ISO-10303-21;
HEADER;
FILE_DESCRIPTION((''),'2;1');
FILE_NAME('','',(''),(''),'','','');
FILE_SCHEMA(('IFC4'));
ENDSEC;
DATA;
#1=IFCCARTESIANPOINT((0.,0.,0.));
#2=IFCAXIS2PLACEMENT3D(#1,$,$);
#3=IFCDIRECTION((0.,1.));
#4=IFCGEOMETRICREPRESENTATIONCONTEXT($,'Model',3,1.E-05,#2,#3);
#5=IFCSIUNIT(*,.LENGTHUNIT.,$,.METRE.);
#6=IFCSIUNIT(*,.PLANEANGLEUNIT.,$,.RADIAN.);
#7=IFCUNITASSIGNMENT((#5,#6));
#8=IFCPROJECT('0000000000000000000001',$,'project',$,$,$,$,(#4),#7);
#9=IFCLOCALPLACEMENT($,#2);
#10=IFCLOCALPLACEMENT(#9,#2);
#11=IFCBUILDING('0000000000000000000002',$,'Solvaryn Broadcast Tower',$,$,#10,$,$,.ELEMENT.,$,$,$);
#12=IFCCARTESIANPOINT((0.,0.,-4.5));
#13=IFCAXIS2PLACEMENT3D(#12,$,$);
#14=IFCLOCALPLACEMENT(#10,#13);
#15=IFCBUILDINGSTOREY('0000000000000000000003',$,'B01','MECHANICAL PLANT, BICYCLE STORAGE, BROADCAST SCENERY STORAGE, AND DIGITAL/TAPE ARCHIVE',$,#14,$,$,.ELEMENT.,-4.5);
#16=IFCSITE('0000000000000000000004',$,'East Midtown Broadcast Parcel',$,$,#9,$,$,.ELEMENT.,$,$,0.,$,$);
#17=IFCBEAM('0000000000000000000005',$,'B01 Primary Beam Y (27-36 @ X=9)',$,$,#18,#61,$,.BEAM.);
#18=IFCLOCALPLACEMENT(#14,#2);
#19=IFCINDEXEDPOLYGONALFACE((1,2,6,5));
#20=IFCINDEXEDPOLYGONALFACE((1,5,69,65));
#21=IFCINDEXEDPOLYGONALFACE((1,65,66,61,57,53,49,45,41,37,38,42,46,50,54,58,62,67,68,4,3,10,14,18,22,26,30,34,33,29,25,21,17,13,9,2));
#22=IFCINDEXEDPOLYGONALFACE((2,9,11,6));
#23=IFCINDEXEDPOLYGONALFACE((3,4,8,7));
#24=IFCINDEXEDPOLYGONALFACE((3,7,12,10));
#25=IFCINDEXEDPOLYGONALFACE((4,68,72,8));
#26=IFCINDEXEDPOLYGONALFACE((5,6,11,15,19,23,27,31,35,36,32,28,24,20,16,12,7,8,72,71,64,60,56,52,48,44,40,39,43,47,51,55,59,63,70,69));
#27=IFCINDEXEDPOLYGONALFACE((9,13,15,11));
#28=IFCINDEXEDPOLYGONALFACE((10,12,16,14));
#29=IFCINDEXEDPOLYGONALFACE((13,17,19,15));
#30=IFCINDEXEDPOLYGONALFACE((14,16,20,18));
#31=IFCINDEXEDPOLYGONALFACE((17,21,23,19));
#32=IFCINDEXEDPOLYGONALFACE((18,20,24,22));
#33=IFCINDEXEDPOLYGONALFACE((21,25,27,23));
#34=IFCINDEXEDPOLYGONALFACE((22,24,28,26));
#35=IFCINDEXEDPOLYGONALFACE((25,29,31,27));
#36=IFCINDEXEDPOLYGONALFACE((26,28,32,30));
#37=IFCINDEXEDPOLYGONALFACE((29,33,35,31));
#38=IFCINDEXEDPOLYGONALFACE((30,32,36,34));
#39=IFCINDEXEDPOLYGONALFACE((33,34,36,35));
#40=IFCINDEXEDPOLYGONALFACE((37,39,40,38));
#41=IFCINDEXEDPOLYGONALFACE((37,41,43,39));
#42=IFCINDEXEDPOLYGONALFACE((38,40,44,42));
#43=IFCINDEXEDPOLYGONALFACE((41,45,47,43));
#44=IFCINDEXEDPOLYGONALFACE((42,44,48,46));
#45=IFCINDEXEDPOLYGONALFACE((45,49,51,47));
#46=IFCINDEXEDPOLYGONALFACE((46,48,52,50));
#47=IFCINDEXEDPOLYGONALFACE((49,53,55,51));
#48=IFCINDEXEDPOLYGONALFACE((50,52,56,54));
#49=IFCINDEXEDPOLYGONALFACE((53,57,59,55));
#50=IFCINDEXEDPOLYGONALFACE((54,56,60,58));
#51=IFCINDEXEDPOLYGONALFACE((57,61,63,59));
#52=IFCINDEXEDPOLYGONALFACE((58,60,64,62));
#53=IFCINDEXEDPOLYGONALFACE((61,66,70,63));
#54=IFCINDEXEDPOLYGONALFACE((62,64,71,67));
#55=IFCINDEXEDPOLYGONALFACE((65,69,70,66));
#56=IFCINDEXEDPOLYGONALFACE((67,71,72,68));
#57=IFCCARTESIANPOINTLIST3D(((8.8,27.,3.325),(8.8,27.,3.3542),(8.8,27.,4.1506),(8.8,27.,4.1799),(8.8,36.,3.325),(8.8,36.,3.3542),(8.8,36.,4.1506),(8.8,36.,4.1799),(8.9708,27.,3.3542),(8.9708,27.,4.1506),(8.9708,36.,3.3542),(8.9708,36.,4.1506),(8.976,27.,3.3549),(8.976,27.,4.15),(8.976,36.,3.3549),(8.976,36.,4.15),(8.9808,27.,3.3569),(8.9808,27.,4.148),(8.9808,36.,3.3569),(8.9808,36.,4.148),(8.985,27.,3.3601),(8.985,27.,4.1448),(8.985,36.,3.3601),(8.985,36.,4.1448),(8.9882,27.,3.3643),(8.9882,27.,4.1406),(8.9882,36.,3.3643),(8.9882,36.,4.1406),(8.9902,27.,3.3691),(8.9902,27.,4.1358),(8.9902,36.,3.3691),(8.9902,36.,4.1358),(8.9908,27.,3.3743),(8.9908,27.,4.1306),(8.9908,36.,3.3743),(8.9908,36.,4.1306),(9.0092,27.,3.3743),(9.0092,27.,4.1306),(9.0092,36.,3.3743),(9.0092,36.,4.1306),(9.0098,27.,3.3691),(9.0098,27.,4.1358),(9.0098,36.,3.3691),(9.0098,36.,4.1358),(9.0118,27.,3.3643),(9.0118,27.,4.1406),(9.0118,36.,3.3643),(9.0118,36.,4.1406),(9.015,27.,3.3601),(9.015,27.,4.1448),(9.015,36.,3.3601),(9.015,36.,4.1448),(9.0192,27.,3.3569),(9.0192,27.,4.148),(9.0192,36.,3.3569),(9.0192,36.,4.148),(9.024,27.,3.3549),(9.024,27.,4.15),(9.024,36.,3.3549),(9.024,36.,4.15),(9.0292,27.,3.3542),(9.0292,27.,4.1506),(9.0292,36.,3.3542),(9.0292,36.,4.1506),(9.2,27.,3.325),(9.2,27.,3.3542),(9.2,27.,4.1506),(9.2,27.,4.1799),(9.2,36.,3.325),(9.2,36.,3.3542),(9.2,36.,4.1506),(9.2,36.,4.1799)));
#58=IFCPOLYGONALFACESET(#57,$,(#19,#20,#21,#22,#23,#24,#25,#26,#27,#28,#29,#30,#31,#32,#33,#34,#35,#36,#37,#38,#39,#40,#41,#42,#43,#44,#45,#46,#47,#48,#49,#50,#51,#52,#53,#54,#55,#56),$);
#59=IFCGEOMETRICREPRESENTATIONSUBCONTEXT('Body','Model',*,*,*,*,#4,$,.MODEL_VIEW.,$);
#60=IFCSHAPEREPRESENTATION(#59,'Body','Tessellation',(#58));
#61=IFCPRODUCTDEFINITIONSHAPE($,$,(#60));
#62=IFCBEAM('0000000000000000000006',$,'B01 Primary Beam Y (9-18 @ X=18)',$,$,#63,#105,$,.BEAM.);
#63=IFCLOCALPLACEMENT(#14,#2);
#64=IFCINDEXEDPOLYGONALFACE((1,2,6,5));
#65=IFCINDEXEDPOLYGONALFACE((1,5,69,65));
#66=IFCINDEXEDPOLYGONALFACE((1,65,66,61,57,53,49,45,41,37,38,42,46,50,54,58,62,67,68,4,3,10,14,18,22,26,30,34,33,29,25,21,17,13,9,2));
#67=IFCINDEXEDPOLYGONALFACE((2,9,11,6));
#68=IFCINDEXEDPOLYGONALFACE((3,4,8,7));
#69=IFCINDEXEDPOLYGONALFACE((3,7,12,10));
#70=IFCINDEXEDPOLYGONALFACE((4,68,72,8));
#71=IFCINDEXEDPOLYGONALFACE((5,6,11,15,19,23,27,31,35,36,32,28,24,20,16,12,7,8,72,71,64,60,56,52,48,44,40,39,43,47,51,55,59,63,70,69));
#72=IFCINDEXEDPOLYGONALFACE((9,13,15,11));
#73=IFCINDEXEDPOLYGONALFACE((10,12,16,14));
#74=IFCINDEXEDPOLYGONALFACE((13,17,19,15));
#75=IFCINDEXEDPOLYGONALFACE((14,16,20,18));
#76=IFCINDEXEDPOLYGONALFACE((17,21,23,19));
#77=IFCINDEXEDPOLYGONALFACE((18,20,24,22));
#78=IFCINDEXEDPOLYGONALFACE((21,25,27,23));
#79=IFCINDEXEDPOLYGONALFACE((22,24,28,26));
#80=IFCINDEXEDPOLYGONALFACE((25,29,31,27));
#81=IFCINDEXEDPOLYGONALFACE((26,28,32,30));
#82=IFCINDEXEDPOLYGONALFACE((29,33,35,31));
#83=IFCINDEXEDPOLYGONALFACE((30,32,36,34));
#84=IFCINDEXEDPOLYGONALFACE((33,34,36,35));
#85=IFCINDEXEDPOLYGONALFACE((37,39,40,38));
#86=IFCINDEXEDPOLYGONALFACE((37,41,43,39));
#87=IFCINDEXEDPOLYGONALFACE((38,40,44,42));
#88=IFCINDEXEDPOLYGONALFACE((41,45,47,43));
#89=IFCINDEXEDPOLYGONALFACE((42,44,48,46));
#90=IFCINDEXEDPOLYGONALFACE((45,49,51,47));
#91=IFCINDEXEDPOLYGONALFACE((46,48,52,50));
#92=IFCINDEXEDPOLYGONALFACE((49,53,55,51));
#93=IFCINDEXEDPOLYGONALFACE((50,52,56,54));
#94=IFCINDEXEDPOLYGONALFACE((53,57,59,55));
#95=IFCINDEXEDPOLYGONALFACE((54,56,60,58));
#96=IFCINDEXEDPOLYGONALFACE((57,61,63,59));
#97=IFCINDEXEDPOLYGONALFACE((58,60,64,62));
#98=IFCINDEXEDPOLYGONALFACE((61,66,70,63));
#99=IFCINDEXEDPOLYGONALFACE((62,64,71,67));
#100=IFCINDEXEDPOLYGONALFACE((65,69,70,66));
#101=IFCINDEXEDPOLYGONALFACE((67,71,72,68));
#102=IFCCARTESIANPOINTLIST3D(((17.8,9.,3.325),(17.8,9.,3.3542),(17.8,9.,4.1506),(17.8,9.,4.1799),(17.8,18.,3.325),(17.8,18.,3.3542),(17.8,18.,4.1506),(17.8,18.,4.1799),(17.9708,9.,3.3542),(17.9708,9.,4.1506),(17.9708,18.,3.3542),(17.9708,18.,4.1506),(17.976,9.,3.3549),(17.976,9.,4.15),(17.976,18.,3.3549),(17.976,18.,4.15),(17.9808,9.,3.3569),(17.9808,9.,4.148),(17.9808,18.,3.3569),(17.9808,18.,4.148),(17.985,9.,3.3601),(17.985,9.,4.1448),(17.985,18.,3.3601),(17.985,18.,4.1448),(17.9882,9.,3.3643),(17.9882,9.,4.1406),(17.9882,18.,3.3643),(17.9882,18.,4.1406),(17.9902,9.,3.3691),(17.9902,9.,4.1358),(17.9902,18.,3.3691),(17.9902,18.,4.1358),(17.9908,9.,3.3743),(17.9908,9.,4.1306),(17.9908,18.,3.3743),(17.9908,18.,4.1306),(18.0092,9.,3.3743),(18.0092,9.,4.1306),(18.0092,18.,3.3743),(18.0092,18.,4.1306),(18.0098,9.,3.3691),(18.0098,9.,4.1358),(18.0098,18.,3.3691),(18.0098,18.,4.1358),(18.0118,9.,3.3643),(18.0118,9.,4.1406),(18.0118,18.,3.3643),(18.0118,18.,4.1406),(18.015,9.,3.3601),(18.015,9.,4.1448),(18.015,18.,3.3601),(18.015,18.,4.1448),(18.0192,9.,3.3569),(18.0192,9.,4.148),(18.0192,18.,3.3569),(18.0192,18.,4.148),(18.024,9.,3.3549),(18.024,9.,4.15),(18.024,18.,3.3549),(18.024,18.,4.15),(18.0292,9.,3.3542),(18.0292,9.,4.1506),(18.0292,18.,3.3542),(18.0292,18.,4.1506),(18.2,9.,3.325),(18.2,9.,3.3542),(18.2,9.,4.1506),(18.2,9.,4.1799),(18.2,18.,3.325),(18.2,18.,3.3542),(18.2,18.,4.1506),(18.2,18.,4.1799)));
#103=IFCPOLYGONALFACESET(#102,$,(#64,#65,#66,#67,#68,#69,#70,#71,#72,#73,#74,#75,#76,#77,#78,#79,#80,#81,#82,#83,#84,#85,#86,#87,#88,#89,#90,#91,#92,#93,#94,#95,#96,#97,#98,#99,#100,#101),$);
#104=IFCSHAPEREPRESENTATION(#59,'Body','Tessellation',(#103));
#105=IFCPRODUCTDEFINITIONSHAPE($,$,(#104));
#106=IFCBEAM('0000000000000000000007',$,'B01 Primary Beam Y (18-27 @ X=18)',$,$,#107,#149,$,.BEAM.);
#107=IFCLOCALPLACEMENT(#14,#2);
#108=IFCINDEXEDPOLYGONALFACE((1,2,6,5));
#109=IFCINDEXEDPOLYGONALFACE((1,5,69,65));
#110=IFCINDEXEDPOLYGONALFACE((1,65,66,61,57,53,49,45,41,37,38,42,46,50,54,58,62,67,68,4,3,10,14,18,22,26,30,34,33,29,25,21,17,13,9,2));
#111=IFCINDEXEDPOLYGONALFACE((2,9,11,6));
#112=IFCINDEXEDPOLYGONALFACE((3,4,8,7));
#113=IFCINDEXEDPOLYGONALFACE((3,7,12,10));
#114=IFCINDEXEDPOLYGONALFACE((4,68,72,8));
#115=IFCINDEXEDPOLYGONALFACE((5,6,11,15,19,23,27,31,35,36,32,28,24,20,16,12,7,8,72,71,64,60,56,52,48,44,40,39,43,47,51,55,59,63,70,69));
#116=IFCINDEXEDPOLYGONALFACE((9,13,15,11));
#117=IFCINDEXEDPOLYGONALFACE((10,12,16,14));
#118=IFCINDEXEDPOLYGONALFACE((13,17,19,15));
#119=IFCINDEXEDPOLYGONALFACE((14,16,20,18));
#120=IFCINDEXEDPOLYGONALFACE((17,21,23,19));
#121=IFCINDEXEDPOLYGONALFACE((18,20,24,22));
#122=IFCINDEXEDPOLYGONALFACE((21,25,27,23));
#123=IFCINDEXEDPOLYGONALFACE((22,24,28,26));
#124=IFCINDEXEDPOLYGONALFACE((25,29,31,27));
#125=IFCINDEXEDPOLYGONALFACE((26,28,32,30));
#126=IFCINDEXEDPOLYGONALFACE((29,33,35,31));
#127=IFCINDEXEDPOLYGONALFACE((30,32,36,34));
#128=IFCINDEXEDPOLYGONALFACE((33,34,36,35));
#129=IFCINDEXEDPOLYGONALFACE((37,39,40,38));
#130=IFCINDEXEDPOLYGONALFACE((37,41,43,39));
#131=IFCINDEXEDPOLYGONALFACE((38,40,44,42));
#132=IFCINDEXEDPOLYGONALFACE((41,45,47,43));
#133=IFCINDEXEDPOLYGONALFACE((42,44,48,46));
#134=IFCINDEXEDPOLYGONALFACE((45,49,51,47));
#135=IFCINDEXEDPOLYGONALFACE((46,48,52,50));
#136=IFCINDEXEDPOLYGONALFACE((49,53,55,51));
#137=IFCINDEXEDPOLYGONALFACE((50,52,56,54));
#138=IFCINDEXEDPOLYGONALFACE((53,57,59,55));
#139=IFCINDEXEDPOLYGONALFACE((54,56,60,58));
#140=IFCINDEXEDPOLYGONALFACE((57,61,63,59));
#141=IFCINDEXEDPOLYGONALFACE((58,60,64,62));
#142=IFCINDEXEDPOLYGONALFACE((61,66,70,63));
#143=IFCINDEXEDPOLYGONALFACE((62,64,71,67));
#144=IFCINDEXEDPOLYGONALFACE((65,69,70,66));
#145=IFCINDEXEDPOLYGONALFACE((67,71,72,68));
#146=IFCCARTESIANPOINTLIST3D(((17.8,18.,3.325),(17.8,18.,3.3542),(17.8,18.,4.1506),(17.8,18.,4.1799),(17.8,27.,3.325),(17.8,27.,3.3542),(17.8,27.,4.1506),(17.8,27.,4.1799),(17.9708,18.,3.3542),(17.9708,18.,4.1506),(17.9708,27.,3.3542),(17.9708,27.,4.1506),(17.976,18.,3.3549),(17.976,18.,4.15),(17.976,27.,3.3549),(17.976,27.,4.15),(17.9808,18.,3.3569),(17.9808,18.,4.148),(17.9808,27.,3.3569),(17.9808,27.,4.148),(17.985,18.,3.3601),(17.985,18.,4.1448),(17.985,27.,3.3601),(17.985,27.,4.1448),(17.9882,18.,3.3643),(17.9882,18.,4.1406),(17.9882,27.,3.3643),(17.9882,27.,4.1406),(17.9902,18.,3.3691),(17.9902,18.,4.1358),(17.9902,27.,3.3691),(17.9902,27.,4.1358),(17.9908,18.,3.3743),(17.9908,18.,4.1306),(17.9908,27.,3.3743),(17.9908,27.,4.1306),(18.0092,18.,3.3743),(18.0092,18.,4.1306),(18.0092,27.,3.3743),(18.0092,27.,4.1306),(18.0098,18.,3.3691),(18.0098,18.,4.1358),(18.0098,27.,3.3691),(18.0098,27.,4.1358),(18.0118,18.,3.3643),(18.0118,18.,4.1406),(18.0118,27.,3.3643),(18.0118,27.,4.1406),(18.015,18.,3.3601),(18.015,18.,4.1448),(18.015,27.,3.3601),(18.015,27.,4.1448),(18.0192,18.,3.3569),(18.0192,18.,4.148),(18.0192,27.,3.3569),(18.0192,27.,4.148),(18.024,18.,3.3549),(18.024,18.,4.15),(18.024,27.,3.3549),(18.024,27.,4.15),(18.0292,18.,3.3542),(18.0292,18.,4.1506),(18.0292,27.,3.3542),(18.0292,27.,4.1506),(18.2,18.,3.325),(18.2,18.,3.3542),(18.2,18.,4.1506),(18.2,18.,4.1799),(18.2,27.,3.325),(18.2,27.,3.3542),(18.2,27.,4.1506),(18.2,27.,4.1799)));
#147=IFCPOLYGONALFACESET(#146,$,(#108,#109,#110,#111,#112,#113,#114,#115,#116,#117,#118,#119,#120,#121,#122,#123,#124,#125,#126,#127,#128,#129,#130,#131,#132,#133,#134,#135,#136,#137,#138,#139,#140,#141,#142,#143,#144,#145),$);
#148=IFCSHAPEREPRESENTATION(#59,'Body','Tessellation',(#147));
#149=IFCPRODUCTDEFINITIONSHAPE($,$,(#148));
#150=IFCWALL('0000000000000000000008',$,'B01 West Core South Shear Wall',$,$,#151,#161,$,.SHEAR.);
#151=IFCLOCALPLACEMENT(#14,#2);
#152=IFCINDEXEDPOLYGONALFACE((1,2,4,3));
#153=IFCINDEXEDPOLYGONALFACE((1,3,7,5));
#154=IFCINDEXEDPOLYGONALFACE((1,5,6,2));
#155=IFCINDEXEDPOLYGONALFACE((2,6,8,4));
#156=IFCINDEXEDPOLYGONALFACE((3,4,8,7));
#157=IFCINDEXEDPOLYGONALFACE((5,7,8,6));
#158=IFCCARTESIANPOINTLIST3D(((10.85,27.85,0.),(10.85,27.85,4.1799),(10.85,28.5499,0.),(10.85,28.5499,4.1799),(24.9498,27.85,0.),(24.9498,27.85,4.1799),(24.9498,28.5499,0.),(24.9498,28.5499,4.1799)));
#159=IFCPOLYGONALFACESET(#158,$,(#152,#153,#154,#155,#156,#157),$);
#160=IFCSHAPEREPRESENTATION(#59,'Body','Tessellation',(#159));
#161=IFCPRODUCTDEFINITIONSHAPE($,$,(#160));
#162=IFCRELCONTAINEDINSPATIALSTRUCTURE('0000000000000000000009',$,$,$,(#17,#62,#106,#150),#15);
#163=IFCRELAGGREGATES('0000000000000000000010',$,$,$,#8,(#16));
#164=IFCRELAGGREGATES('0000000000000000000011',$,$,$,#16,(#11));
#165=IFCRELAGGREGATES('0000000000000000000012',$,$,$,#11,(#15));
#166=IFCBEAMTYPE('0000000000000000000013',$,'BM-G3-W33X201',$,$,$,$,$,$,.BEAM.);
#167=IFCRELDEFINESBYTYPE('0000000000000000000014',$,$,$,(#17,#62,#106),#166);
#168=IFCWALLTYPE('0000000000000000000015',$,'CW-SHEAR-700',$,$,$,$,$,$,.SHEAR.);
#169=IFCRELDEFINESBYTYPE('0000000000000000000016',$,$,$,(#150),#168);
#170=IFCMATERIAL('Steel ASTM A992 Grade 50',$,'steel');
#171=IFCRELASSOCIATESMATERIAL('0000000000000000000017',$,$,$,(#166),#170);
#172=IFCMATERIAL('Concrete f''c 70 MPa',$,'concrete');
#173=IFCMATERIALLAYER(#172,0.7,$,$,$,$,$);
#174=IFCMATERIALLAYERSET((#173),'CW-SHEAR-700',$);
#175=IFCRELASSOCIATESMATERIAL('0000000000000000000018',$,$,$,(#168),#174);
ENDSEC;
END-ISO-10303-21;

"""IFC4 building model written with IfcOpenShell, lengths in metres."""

from ifc_helpers import new_model, si_unit, direction, frame, frame_2d, origin, origin_2d, place, context, subcontext, project, spatial, rectangle, i_section, extrude, material, layer, layer_set, material_profile, profile_set, type_object, element, save


model = new_model("IFC4")

# Units and contexts
model_context = context("Model", 3, precision=1e-05, world=origin(), true_north=direction((0.0, 1.0)))
body_context = subcontext(model_context, "Body", "Model", "MODEL_VIEW")
ifc_project = project(units=[si_unit("LENGTHUNIT", "METRE"), si_unit("PLANEANGLEUNIT", "RADIAN")], contexts=[model_context])

# Site, building, storey
site_placement = place(None, origin())
site = spatial("IfcSite", under=ifc_project, at=site_placement, Name="East Midtown Broadcast Parcel", CompositionType="ELEMENT", RefElevation=0.0)
building_placement = place(site_placement, origin())
building = spatial("IfcBuilding", under=site, at=building_placement, Name="Solvaryn Broadcast Tower", CompositionType="ELEMENT")
storey_placement = place(building_placement, frame((0.0, 0.0, -4.5)))
storey = spatial("IfcBuildingStorey", under=building, at=storey_placement, Name="B01", Description="MECHANICAL PLANT, BICYCLE STORAGE, BROADCAST SCENERY STORAGE, AND DIGITAL/TAPE ARCHIVE", CompositionType="ELEMENT", Elevation=-4.5)

# Beams
ifc_material_1 = material(Name="Steel ASTM A992 Grade 50", Category="steel")
ifc_material_profile_1 = material_profile(ifc_material_1, i_section(OverallWidth=0.3999, OverallDepth=0.855, WebThickness=0.0183, FlangeThickness=0.0293, FilletRadius=0.02, at=origin_2d()))
ifc_profile_set_1 = profile_set([ifc_material_profile_1], Name="Steel ASTM A992 Grade 50")
beam_type_1 = type_object("IfcBeamType", Name="BM-G3-W33X201", PredefinedType="BEAM", material=ifc_profile_set_1)
for number, where, z_axis, x_axis, name in (
    (1, (9.0, 27.0, 3.7524), (0.0, 1.0, 0.0), (-1.0, 0.0, 0.0), "B01 Primary Beam Y (27-36 @ X=9)"),
    (2, (18.0, 9.0, 3.7524), (0.0, 1.0, 0.0), (-1.0, 0.0, 0.0), "B01 Primary Beam Y (9-18 @ X=18)"),
    (3, (18.0, 18.0, 3.7524), (0.0, 1.0, 0.0), (-1.0, 0.0, 0.0), "B01 Primary Beam Y (18-27 @ X=18)"),
):
    element("IfcBeam", number, at=place(storey_placement, frame(where, z_axis=z_axis, x_axis=x_axis)), inside=storey, type_object=beam_type_1, Name=name, PredefinedType="BEAM", context=body_context, shape_type="SweptSolid", body=[
        extrude(i_section(OverallWidth=0.3999, OverallDepth=0.855, WebThickness=0.0183, FlangeThickness=0.0293, FilletRadius=0.02, at=origin_2d()), origin(), (0.0, 0.0, 1.0), 9.0),
    ])

# Wall
ifc_material_2 = material(Name="Concrete f'c 70 MPa", Category="concrete")
ifc_layer_1 = layer(ifc_material_2, 0.7)
ifc_layer_set_1 = layer_set([ifc_layer_1], Name="CW-SHEAR-700")
wall_type_1 = type_object("IfcWallType", Name="CW-SHEAR-700", PredefinedType="SHEAR", material=ifc_layer_set_1)
wall_1_placement = place(storey_placement, frame((10.8501, 28.2, 0.0), z_axis=(0.0, 0.0, 1.0), x_axis=(1.0, 0.0, 0.0)))
element("IfcWall", 4, at=wall_1_placement, inside=storey, type_object=wall_type_1, Name="B01 West Core South Shear Wall", PredefinedType="SHEAR", context=body_context, shape_type="SweptSolid", body=[
    extrude(rectangle(XDim=14.0999, YDim=0.7, at=frame_2d((7.0498, 0.0))), origin(), (0.0, 0.0, 1.0), 4.1799),
])

save(model, "model.ifc")
